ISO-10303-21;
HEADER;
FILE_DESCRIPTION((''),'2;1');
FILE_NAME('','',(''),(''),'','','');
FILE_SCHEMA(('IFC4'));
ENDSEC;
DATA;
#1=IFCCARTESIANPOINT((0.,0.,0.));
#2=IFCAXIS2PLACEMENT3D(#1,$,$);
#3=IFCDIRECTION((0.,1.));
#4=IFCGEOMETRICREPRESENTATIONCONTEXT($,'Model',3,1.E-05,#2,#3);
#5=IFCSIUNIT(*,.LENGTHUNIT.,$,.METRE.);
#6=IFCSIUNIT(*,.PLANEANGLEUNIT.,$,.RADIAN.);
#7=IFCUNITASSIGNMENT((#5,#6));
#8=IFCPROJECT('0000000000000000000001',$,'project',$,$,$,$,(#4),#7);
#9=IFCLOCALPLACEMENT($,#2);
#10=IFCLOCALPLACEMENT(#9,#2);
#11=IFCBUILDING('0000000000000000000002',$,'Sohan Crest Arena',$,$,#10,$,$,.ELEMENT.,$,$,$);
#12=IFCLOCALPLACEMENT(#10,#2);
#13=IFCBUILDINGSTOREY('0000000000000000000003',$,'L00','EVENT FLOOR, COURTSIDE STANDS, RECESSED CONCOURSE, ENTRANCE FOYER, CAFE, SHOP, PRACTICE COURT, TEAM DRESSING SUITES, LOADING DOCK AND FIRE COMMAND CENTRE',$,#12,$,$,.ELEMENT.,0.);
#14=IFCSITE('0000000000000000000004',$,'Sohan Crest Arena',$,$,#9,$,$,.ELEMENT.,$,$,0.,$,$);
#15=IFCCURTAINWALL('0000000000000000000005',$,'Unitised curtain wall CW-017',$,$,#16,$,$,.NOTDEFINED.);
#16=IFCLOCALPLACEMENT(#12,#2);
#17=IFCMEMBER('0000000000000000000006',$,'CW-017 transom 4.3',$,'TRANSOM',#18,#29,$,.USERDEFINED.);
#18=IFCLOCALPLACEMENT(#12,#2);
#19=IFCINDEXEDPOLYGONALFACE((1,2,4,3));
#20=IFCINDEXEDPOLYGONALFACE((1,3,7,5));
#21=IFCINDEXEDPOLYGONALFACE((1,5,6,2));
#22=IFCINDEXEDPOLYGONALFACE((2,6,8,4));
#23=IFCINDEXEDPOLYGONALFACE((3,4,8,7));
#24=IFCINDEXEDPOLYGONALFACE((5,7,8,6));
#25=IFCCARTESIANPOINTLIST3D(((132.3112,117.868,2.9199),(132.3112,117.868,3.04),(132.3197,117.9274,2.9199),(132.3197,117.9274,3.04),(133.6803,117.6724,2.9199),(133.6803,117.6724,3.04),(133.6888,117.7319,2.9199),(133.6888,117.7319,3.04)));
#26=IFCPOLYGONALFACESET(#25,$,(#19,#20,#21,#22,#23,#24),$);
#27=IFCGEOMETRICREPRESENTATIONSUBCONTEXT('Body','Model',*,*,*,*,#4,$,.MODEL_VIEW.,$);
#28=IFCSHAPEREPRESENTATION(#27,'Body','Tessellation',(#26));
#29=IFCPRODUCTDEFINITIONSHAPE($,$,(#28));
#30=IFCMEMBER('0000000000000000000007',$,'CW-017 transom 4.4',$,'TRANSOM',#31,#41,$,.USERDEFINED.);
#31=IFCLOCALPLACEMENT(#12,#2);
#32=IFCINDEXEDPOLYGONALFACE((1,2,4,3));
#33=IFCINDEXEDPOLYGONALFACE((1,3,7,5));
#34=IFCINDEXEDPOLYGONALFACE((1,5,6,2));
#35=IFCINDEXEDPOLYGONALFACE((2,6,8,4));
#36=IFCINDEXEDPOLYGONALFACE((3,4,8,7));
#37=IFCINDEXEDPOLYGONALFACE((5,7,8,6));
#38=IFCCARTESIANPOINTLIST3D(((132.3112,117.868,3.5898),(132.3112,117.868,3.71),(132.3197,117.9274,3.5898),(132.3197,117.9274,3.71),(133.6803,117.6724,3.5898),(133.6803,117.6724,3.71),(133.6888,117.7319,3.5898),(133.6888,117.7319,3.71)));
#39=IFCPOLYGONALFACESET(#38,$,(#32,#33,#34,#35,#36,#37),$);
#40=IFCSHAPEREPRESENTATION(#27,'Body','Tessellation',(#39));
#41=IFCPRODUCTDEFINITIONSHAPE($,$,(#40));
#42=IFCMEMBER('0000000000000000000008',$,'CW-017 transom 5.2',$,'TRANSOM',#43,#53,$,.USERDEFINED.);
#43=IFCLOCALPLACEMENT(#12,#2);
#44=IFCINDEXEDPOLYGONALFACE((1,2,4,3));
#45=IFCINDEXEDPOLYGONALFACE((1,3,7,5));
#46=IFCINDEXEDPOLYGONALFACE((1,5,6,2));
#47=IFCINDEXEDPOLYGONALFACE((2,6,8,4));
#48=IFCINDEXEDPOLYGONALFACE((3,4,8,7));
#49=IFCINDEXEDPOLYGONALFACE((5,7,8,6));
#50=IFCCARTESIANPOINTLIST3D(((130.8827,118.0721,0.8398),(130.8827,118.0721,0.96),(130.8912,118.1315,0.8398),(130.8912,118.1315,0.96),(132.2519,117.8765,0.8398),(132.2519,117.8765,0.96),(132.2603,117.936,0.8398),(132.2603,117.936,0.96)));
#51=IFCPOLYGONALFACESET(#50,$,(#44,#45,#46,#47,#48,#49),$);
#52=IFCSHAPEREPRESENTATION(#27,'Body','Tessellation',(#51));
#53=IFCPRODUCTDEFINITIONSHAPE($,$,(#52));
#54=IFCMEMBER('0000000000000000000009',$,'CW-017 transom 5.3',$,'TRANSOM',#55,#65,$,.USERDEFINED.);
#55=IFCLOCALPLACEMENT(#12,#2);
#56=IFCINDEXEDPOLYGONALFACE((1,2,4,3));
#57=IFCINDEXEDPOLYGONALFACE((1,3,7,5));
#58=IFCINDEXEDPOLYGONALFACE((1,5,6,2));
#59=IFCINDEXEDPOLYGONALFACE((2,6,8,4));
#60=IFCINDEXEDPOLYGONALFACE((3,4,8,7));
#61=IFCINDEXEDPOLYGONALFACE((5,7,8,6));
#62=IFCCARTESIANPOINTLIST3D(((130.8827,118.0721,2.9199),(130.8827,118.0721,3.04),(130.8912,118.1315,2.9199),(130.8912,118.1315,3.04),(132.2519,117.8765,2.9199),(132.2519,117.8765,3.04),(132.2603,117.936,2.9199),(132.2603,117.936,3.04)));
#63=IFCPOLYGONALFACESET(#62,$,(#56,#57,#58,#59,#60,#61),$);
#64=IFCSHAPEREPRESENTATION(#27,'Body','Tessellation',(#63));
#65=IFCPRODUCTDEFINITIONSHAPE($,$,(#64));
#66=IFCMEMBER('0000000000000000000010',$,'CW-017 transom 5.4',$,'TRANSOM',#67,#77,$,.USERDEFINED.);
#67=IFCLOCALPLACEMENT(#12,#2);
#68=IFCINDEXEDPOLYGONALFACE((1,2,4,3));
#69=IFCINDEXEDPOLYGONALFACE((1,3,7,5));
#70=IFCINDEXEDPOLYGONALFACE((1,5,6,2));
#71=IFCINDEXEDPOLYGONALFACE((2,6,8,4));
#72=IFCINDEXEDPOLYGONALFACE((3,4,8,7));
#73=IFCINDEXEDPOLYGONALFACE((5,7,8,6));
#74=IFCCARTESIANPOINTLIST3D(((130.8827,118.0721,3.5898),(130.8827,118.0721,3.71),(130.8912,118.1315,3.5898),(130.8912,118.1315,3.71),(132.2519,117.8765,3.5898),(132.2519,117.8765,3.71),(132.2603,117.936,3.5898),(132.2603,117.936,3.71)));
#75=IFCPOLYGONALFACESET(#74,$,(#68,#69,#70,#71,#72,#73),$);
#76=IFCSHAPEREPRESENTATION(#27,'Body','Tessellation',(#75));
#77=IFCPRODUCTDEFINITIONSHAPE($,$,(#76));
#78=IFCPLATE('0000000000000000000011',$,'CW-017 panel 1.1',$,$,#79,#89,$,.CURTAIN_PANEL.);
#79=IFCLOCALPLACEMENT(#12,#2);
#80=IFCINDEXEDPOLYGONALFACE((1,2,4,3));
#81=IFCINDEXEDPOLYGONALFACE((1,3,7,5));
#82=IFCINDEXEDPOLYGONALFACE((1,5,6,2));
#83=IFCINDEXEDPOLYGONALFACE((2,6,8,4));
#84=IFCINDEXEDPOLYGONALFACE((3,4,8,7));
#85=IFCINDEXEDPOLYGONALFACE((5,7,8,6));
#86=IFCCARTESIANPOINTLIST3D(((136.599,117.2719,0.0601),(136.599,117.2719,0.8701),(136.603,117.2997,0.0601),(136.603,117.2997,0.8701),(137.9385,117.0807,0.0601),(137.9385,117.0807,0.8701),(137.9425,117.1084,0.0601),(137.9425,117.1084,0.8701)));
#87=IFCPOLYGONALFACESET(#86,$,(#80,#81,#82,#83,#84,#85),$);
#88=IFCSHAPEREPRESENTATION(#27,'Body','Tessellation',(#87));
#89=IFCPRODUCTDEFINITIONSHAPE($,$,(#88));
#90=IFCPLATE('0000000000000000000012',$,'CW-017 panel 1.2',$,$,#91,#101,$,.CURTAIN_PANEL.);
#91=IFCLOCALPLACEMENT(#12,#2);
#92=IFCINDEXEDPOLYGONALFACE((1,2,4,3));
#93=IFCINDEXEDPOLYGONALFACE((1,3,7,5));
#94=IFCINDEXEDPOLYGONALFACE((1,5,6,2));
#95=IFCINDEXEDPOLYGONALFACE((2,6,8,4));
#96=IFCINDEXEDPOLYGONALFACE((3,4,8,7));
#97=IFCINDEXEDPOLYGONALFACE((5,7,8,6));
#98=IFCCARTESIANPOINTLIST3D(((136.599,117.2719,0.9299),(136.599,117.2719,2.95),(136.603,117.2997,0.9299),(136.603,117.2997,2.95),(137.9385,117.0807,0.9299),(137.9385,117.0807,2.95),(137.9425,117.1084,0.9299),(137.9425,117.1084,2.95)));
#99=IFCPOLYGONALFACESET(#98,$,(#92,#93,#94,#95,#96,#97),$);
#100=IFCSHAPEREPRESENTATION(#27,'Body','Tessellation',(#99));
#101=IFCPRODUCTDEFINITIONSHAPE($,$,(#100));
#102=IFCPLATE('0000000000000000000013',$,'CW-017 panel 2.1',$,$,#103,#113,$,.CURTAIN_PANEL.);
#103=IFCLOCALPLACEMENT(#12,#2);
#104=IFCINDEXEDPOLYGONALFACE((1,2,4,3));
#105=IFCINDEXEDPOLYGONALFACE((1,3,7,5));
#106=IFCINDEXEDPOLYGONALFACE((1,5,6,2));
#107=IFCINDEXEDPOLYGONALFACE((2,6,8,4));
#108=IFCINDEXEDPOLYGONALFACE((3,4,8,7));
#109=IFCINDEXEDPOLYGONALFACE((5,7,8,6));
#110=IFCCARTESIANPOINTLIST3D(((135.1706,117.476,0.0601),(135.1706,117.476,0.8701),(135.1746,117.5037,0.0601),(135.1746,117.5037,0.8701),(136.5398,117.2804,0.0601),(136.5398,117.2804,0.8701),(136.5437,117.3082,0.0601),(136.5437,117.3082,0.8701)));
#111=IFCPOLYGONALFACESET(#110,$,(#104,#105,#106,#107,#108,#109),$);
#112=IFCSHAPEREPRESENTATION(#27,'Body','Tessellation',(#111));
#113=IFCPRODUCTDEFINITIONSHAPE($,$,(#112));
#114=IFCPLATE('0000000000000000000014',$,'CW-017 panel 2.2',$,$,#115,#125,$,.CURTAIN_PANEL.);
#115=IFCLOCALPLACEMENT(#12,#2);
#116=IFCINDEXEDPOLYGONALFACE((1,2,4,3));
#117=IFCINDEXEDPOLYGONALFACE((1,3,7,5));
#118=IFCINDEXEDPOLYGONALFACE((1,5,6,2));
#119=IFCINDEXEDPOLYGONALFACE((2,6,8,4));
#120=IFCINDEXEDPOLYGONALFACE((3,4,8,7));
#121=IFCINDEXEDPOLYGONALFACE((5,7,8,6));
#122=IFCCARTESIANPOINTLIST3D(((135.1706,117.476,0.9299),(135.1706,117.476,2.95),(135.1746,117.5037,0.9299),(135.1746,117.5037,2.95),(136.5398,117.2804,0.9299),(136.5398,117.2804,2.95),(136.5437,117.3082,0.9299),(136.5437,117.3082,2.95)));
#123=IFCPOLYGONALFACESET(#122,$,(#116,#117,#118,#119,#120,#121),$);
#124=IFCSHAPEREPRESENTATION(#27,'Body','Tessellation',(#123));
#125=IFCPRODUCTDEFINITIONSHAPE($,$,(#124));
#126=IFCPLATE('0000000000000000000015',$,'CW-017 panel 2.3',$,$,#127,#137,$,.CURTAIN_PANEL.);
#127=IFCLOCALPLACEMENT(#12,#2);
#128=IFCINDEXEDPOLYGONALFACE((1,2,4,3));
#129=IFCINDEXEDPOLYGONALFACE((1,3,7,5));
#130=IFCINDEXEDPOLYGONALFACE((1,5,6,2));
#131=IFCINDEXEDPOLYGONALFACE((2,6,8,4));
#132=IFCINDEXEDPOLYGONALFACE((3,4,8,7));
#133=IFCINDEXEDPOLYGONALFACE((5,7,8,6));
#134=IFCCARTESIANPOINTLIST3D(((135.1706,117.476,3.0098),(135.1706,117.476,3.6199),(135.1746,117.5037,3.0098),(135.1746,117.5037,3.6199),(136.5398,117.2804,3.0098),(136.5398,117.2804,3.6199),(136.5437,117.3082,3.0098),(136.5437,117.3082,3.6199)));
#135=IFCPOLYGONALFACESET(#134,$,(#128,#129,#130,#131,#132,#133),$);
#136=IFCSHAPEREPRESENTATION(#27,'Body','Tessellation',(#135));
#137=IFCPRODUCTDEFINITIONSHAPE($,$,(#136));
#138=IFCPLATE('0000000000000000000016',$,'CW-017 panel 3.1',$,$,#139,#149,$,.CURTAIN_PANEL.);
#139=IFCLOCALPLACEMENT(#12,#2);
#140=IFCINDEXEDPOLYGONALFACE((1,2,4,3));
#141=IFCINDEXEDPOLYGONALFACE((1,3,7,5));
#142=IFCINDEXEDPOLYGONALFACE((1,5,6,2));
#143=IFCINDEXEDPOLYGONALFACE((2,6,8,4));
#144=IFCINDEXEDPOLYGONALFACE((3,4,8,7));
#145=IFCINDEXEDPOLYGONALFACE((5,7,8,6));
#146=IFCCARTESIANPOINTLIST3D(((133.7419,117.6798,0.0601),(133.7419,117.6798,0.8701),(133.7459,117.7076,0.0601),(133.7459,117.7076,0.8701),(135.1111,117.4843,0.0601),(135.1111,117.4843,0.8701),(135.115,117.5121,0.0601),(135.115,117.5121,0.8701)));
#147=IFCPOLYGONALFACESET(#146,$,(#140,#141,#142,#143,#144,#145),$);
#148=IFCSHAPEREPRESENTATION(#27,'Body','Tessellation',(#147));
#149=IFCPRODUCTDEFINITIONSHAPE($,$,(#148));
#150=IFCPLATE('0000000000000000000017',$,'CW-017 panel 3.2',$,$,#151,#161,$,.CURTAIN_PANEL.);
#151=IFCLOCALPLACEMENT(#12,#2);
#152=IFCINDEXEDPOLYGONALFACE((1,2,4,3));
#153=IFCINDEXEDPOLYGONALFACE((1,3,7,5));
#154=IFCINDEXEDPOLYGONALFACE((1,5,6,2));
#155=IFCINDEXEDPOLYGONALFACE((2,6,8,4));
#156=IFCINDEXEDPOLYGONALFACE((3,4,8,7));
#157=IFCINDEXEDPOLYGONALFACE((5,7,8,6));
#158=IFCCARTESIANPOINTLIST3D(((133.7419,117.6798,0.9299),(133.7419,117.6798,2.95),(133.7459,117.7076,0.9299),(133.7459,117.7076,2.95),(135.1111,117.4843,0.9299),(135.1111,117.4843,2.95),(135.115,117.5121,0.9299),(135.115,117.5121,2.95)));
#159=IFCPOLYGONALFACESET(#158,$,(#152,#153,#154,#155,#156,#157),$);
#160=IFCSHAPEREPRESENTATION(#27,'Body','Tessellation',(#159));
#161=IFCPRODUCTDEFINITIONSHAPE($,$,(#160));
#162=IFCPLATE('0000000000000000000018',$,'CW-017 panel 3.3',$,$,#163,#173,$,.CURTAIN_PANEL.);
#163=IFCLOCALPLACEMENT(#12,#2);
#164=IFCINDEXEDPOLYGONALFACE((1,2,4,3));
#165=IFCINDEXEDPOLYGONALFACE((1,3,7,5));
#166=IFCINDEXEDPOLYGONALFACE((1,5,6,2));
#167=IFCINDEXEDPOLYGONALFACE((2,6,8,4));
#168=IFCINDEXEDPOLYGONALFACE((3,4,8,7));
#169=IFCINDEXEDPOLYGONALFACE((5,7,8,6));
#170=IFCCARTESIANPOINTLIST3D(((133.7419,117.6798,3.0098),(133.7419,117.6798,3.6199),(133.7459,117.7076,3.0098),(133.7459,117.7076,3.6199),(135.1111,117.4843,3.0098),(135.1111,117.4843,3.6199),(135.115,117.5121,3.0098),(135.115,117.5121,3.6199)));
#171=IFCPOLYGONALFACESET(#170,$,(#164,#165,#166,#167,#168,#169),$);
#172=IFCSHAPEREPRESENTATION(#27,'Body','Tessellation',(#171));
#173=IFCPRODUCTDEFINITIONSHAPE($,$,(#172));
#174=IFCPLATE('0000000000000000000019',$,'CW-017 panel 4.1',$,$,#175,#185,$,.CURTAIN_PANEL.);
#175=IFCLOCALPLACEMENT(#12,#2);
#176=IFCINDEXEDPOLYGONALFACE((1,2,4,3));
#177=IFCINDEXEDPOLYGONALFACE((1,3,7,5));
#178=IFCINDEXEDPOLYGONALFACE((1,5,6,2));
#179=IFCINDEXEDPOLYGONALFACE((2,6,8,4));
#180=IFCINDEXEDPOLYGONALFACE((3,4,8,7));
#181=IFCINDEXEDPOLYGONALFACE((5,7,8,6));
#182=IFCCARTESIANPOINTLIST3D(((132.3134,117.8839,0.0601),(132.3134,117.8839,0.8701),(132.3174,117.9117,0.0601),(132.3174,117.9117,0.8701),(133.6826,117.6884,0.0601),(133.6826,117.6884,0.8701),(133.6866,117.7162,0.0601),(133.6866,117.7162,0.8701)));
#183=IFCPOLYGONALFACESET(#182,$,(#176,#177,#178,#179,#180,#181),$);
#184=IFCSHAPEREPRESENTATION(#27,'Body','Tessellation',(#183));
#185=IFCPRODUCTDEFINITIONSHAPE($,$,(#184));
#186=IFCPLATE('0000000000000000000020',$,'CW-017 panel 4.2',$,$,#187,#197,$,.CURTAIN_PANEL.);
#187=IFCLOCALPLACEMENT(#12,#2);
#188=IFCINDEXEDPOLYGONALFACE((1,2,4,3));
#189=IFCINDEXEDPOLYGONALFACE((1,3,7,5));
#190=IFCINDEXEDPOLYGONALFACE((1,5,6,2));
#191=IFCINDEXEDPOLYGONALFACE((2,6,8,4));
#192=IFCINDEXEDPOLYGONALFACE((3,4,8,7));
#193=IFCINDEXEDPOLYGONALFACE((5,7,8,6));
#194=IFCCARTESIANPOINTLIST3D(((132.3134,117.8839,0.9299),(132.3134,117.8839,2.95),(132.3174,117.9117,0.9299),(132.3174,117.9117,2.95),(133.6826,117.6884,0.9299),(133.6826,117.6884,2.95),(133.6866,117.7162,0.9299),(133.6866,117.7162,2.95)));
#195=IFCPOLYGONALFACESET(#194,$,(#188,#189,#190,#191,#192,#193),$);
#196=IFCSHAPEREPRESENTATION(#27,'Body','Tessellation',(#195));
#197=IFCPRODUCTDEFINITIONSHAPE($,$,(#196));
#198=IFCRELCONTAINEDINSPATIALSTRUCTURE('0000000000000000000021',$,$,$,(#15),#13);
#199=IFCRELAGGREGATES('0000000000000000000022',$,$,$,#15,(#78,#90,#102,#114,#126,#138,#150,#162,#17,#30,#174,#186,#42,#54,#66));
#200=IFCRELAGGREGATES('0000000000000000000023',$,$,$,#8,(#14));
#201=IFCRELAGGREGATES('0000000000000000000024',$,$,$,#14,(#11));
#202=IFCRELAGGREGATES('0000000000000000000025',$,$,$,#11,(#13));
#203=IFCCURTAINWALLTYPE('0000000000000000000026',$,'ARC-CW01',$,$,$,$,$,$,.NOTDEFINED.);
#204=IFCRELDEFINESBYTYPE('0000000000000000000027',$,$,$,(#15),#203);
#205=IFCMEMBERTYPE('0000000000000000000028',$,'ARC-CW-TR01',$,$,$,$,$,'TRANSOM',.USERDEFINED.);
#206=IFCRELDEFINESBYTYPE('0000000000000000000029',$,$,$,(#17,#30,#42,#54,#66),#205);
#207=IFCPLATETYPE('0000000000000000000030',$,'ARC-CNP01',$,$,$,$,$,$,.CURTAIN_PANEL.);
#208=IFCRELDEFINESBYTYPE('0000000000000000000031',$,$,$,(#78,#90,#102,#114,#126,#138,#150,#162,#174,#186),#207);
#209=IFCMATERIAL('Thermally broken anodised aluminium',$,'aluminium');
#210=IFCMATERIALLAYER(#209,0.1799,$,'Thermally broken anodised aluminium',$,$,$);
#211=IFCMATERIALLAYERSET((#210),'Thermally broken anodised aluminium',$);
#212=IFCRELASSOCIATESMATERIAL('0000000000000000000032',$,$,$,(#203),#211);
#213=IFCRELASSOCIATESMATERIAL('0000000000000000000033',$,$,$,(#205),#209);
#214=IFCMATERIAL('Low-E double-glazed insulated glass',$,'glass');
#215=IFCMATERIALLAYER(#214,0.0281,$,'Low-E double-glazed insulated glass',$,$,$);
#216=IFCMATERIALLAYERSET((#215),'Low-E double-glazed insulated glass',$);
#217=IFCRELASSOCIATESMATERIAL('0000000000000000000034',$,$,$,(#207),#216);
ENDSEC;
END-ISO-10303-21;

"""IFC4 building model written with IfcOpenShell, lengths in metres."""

from ifc_helpers import new_model, si_unit, direction, frame, origin, origin_2d, place, context, subcontext, project, spatial, rectangle, extrude, material, layer, layer_set, material_profile, profile_set, type_object, element, aggregate, save


model = new_model("IFC4")

# Units and contexts
model_context = context("Model", 3, precision=1e-05, world=origin(), true_north=direction((0.0, 1.0)))
body_context = subcontext(model_context, "Body", "Model", "MODEL_VIEW")
ifc_project = project(units=[si_unit("LENGTHUNIT", "METRE"), si_unit("PLANEANGLEUNIT", "RADIAN")], contexts=[model_context])

# Site, building, storey
site_placement = place(None, origin())
site = spatial("IfcSite", under=ifc_project, at=site_placement, Name="Sohan Crest Arena", CompositionType="ELEMENT", RefElevation=0.0)
building_placement = place(site_placement, origin())
building = spatial("IfcBuilding", under=site, at=building_placement, Name="Sohan Crest Arena", CompositionType="ELEMENT")
storey_placement = place(building_placement, origin())
storey = spatial("IfcBuildingStorey", under=building, at=storey_placement, Name="L00", Description="EVENT FLOOR, COURTSIDE STANDS, RECESSED CONCOURSE, ENTRANCE FOYER, CAFE, SHOP, PRACTICE COURT, TEAM DRESSING SUITES, LOADING DOCK AND FIRE COMMAND CENTRE", CompositionType="ELEMENT", Elevation=0.0)

# Curtain wall, members, plates
ifc_material_1 = material(Name="Thermally broken anodised aluminium", Category="aluminium")
ifc_layer_1 = layer(ifc_material_1, 0.1799, Name="Thermally broken anodised aluminium")
ifc_layer_set_1 = layer_set([ifc_layer_1], Name="Thermally broken anodised aluminium")
curtain_wall_type = type_object("IfcCurtainWallType", Name="ARC-CW01", PredefinedType="NOTDEFINED", material=ifc_layer_set_1)
curtain_wall_placement = place(storey_placement, origin())
curtain_wall = element("IfcCurtainWall", 1, at=curtain_wall_placement, inside=storey, type_object=curtain_wall_type, Name="Unitised curtain wall CW-017", PredefinedType="NOTDEFINED")
ifc_material_profile_1 = material_profile(ifc_material_1, rectangle(XDim=0.0601, YDim=0.1201, at=origin_2d()), Name="ALU-TRAN 60x120")
ifc_profile_set_1 = profile_set([ifc_material_profile_1], Name="Thermally broken anodised aluminium")
member_type_1 = type_object("IfcMemberType", Name="ARC-CW-TR01", ElementType="TRANSOM", PredefinedType="USERDEFINED", material=ifc_profile_set_1)
member_1_placement = place(storey_placement, frame((133.6846, 117.7021, 2.98), z_axis=(-0.989953, 0.141397, 0.0), x_axis=(-0.141397, -0.989953, 0.0)))
member_1 = element("IfcMember", 2, at=member_1_placement, type_object=member_type_1, Name="CW-017 transom 4.3", ObjectType="TRANSOM", PredefinedType="USERDEFINED", context=body_context, shape_type="SweptSolid", body=[
    extrude(rectangle(XDim=0.0601, YDim=0.1201, at=origin_2d()), origin(), (0.0, 0.0, 1.0), 1.3831),
])
member_2_placement = place(storey_placement, frame((133.6846, 117.7021, 3.6499), z_axis=(-0.989953, 0.141397, 0.0), x_axis=(-0.141397, -0.989953, 0.0)))
member_2 = element("IfcMember", 3, at=member_2_placement, type_object=member_type_1, Name="CW-017 transom 4.4", ObjectType="TRANSOM", PredefinedType="USERDEFINED", context=body_context, shape_type="SweptSolid", body=[
    extrude(rectangle(XDim=0.0601, YDim=0.1201, at=origin_2d()), origin(), (0.0, 0.0, 1.0), 1.3831),
])
member_3_placement = place(storey_placement, frame((132.2561, 117.9062, 0.8999), z_axis=(-0.989953, 0.141397, 0.0), x_axis=(-0.141397, -0.989953, 0.0)))
member_3 = element("IfcMember", 4, at=member_3_placement, type_object=member_type_1, Name="CW-017 transom 5.2", ObjectType="TRANSOM", PredefinedType="USERDEFINED", context=body_context, shape_type="SweptSolid", body=[
    extrude(rectangle(XDim=0.0601, YDim=0.1201, at=origin_2d()), origin(), (0.0, 0.0, 1.0), 1.3831),
])
member_4_placement = place(storey_placement, frame((132.2561, 117.9062, 2.98), z_axis=(-0.989953, 0.141397, 0.0), x_axis=(-0.141397, -0.989953, 0.0)))
member_4 = element("IfcMember", 5, at=member_4_placement, type_object=member_type_1, Name="CW-017 transom 5.3", ObjectType="TRANSOM", PredefinedType="USERDEFINED", context=body_context, shape_type="SweptSolid", body=[
    extrude(rectangle(XDim=0.0601, YDim=0.1201, at=origin_2d()), origin(), (0.0, 0.0, 1.0), 1.3831),
])
member_5_placement = place(storey_placement, frame((132.2561, 117.9062, 3.6499), z_axis=(-0.989953, 0.141397, 0.0), x_axis=(-0.141397, -0.989953, 0.0)))
member_5 = element("IfcMember", 6, at=member_5_placement, type_object=member_type_1, Name="CW-017 transom 5.4", ObjectType="TRANSOM", PredefinedType="USERDEFINED", context=body_context, shape_type="SweptSolid", body=[
    extrude(rectangle(XDim=0.0601, YDim=0.1201, at=origin_2d()), origin(), (0.0, 0.0, 1.0), 1.3831),
])
ifc_material_2 = material(Name="Low-E double-glazed insulated glass", Category="glass")
ifc_layer_2 = layer(ifc_material_2, 0.0281, Name="Low-E double-glazed insulated glass")
ifc_layer_set_2 = layer_set([ifc_layer_2], Name="Low-E double-glazed insulated glass")
plate_type = type_object("IfcPlateType", Name="ARC-CNP01", PredefinedType="CURTAIN_PANEL", material=ifc_layer_set_2)
plate_1_placement = place(storey_placement, frame((137.2708, 117.1902, 0.0601), z_axis=(0.0, 0.0, 1.0), x_axis=(-0.989957, 0.141366, 0.0)))
plate_1 = element("IfcPlate", 7, at=plate_1_placement, type_object=plate_type, Name="CW-017 panel 1.1", PredefinedType="CURTAIN_PANEL", context=body_context, shape_type="SweptSolid", body=[
    extrude(rectangle(XDim=1.353, YDim=0.0281, at=origin_2d()), origin(), (0.0, 0.0, 1.0), 0.8101),
])
plate_2_placement = place(storey_placement, frame((137.2708, 117.1902, 0.9299), z_axis=(0.0, 0.0, 1.0), x_axis=(-0.989957, 0.141366, 0.0)))
plate_2 = element("IfcPlate", 8, at=plate_2_placement, type_object=plate_type, Name="CW-017 panel 1.2", PredefinedType="CURTAIN_PANEL", context=body_context, shape_type="SweptSolid", body=[
    extrude(rectangle(XDim=1.353, YDim=0.0281, at=origin_2d()), origin(), (0.0, 0.0, 1.0), 2.02),
])
plate_3_placement = place(storey_placement, frame((135.8572, 117.3921, 0.0601), z_axis=(0.0, 0.0, 1.0), x_axis=(-0.989957, 0.141366, 0.0)))
plate_3 = element("IfcPlate", 9, at=plate_3_placement, type_object=plate_type, Name="CW-017 panel 2.1", PredefinedType="CURTAIN_PANEL", context=body_context, shape_type="SweptSolid", body=[
    extrude(rectangle(XDim=1.3831, YDim=0.0281, at=origin_2d()), origin(), (0.0, 0.0, 1.0), 0.8101),
])
plate_4_placement = place(storey_placement, frame((135.8572, 117.3921, 0.9299), z_axis=(0.0, 0.0, 1.0), x_axis=(-0.989957, 0.141366, 0.0)))
plate_4 = element("IfcPlate", 10, at=plate_4_placement, type_object=plate_type, Name="CW-017 panel 2.2", PredefinedType="CURTAIN_PANEL", context=body_context, shape_type="SweptSolid", body=[
    extrude(rectangle(XDim=1.3831, YDim=0.0281, at=origin_2d()), origin(), (0.0, 0.0, 1.0), 2.02),
])
plate_5_placement = place(storey_placement, frame((135.8572, 117.3921, 3.0098), z_axis=(0.0, 0.0, 1.0), x_axis=(-0.989957, 0.141366, 0.0)))
plate_5 = element("IfcPlate", 11, at=plate_5_placement, type_object=plate_type, Name="CW-017 panel 2.3", PredefinedType="CURTAIN_PANEL", context=body_context, shape_type="SweptSolid", body=[
    extrude(rectangle(XDim=1.3831, YDim=0.0281, at=origin_2d()), origin(), (0.0, 0.0, 1.0), 0.6101),
])
plate_6_placement = place(storey_placement, frame((134.4285, 117.5959, 0.0601), z_axis=(0.0, 0.0, 1.0), x_axis=(-0.989957, 0.141366, 0.0)))
plate_6 = element("IfcPlate", 12, at=plate_6_placement, type_object=plate_type, Name="CW-017 panel 3.1", PredefinedType="CURTAIN_PANEL", context=body_context, shape_type="SweptSolid", body=[
    extrude(rectangle(XDim=1.3831, YDim=0.0281, at=origin_2d()), origin(), (0.0, 0.0, 1.0), 0.8101),
])
plate_7_placement = place(storey_placement, frame((134.4285, 117.5959, 0.9299), z_axis=(0.0, 0.0, 1.0), x_axis=(-0.989957, 0.141366, 0.0)))
plate_7 = element("IfcPlate", 13, at=plate_7_placement, type_object=plate_type, Name="CW-017 panel 3.2", PredefinedType="CURTAIN_PANEL", context=body_context, shape_type="SweptSolid", body=[
    extrude(rectangle(XDim=1.3831, YDim=0.0281, at=origin_2d()), origin(), (0.0, 0.0, 1.0), 2.02),
])
plate_8_placement = place(storey_placement, frame((134.4285, 117.5959, 3.0098), z_axis=(0.0, 0.0, 1.0), x_axis=(-0.989957, 0.141366, 0.0)))
plate_8 = element("IfcPlate", 14, at=plate_8_placement, type_object=plate_type, Name="CW-017 panel 3.3", PredefinedType="CURTAIN_PANEL", context=body_context, shape_type="SweptSolid", body=[
    extrude(rectangle(XDim=1.3831, YDim=0.0281, at=origin_2d()), origin(), (0.0, 0.0, 1.0), 0.6101),
])
plate_9_placement = place(storey_placement, frame((133.0, 117.8, 0.0601), z_axis=(0.0, 0.0, 1.0), x_axis=(-0.989957, 0.141366, 0.0)))
plate_9 = element("IfcPlate", 15, at=plate_9_placement, type_object=plate_type, Name="CW-017 panel 4.1", PredefinedType="CURTAIN_PANEL", context=body_context, shape_type="SweptSolid", body=[
    extrude(rectangle(XDim=1.3831, YDim=0.0281, at=origin_2d()), origin(), (0.0, 0.0, 1.0), 0.8101),
])
plate_10_placement = place(storey_placement, frame((133.0, 117.8, 0.9299), z_axis=(0.0, 0.0, 1.0), x_axis=(-0.989957, 0.141366, 0.0)))
plate_10 = element("IfcPlate", 16, at=plate_10_placement, type_object=plate_type, Name="CW-017 panel 4.2", PredefinedType="CURTAIN_PANEL", context=body_context, shape_type="SweptSolid", body=[
    extrude(rectangle(XDim=1.3831, YDim=0.0281, at=origin_2d()), origin(), (0.0, 0.0, 1.0), 2.02),
])
aggregate(curtain_wall, [plate_1, plate_2, plate_3, plate_4, plate_5, plate_6, plate_7, plate_8, member_1, member_2, plate_9, plate_10, member_3, member_4, member_5])

save(model, "model.ifc")
